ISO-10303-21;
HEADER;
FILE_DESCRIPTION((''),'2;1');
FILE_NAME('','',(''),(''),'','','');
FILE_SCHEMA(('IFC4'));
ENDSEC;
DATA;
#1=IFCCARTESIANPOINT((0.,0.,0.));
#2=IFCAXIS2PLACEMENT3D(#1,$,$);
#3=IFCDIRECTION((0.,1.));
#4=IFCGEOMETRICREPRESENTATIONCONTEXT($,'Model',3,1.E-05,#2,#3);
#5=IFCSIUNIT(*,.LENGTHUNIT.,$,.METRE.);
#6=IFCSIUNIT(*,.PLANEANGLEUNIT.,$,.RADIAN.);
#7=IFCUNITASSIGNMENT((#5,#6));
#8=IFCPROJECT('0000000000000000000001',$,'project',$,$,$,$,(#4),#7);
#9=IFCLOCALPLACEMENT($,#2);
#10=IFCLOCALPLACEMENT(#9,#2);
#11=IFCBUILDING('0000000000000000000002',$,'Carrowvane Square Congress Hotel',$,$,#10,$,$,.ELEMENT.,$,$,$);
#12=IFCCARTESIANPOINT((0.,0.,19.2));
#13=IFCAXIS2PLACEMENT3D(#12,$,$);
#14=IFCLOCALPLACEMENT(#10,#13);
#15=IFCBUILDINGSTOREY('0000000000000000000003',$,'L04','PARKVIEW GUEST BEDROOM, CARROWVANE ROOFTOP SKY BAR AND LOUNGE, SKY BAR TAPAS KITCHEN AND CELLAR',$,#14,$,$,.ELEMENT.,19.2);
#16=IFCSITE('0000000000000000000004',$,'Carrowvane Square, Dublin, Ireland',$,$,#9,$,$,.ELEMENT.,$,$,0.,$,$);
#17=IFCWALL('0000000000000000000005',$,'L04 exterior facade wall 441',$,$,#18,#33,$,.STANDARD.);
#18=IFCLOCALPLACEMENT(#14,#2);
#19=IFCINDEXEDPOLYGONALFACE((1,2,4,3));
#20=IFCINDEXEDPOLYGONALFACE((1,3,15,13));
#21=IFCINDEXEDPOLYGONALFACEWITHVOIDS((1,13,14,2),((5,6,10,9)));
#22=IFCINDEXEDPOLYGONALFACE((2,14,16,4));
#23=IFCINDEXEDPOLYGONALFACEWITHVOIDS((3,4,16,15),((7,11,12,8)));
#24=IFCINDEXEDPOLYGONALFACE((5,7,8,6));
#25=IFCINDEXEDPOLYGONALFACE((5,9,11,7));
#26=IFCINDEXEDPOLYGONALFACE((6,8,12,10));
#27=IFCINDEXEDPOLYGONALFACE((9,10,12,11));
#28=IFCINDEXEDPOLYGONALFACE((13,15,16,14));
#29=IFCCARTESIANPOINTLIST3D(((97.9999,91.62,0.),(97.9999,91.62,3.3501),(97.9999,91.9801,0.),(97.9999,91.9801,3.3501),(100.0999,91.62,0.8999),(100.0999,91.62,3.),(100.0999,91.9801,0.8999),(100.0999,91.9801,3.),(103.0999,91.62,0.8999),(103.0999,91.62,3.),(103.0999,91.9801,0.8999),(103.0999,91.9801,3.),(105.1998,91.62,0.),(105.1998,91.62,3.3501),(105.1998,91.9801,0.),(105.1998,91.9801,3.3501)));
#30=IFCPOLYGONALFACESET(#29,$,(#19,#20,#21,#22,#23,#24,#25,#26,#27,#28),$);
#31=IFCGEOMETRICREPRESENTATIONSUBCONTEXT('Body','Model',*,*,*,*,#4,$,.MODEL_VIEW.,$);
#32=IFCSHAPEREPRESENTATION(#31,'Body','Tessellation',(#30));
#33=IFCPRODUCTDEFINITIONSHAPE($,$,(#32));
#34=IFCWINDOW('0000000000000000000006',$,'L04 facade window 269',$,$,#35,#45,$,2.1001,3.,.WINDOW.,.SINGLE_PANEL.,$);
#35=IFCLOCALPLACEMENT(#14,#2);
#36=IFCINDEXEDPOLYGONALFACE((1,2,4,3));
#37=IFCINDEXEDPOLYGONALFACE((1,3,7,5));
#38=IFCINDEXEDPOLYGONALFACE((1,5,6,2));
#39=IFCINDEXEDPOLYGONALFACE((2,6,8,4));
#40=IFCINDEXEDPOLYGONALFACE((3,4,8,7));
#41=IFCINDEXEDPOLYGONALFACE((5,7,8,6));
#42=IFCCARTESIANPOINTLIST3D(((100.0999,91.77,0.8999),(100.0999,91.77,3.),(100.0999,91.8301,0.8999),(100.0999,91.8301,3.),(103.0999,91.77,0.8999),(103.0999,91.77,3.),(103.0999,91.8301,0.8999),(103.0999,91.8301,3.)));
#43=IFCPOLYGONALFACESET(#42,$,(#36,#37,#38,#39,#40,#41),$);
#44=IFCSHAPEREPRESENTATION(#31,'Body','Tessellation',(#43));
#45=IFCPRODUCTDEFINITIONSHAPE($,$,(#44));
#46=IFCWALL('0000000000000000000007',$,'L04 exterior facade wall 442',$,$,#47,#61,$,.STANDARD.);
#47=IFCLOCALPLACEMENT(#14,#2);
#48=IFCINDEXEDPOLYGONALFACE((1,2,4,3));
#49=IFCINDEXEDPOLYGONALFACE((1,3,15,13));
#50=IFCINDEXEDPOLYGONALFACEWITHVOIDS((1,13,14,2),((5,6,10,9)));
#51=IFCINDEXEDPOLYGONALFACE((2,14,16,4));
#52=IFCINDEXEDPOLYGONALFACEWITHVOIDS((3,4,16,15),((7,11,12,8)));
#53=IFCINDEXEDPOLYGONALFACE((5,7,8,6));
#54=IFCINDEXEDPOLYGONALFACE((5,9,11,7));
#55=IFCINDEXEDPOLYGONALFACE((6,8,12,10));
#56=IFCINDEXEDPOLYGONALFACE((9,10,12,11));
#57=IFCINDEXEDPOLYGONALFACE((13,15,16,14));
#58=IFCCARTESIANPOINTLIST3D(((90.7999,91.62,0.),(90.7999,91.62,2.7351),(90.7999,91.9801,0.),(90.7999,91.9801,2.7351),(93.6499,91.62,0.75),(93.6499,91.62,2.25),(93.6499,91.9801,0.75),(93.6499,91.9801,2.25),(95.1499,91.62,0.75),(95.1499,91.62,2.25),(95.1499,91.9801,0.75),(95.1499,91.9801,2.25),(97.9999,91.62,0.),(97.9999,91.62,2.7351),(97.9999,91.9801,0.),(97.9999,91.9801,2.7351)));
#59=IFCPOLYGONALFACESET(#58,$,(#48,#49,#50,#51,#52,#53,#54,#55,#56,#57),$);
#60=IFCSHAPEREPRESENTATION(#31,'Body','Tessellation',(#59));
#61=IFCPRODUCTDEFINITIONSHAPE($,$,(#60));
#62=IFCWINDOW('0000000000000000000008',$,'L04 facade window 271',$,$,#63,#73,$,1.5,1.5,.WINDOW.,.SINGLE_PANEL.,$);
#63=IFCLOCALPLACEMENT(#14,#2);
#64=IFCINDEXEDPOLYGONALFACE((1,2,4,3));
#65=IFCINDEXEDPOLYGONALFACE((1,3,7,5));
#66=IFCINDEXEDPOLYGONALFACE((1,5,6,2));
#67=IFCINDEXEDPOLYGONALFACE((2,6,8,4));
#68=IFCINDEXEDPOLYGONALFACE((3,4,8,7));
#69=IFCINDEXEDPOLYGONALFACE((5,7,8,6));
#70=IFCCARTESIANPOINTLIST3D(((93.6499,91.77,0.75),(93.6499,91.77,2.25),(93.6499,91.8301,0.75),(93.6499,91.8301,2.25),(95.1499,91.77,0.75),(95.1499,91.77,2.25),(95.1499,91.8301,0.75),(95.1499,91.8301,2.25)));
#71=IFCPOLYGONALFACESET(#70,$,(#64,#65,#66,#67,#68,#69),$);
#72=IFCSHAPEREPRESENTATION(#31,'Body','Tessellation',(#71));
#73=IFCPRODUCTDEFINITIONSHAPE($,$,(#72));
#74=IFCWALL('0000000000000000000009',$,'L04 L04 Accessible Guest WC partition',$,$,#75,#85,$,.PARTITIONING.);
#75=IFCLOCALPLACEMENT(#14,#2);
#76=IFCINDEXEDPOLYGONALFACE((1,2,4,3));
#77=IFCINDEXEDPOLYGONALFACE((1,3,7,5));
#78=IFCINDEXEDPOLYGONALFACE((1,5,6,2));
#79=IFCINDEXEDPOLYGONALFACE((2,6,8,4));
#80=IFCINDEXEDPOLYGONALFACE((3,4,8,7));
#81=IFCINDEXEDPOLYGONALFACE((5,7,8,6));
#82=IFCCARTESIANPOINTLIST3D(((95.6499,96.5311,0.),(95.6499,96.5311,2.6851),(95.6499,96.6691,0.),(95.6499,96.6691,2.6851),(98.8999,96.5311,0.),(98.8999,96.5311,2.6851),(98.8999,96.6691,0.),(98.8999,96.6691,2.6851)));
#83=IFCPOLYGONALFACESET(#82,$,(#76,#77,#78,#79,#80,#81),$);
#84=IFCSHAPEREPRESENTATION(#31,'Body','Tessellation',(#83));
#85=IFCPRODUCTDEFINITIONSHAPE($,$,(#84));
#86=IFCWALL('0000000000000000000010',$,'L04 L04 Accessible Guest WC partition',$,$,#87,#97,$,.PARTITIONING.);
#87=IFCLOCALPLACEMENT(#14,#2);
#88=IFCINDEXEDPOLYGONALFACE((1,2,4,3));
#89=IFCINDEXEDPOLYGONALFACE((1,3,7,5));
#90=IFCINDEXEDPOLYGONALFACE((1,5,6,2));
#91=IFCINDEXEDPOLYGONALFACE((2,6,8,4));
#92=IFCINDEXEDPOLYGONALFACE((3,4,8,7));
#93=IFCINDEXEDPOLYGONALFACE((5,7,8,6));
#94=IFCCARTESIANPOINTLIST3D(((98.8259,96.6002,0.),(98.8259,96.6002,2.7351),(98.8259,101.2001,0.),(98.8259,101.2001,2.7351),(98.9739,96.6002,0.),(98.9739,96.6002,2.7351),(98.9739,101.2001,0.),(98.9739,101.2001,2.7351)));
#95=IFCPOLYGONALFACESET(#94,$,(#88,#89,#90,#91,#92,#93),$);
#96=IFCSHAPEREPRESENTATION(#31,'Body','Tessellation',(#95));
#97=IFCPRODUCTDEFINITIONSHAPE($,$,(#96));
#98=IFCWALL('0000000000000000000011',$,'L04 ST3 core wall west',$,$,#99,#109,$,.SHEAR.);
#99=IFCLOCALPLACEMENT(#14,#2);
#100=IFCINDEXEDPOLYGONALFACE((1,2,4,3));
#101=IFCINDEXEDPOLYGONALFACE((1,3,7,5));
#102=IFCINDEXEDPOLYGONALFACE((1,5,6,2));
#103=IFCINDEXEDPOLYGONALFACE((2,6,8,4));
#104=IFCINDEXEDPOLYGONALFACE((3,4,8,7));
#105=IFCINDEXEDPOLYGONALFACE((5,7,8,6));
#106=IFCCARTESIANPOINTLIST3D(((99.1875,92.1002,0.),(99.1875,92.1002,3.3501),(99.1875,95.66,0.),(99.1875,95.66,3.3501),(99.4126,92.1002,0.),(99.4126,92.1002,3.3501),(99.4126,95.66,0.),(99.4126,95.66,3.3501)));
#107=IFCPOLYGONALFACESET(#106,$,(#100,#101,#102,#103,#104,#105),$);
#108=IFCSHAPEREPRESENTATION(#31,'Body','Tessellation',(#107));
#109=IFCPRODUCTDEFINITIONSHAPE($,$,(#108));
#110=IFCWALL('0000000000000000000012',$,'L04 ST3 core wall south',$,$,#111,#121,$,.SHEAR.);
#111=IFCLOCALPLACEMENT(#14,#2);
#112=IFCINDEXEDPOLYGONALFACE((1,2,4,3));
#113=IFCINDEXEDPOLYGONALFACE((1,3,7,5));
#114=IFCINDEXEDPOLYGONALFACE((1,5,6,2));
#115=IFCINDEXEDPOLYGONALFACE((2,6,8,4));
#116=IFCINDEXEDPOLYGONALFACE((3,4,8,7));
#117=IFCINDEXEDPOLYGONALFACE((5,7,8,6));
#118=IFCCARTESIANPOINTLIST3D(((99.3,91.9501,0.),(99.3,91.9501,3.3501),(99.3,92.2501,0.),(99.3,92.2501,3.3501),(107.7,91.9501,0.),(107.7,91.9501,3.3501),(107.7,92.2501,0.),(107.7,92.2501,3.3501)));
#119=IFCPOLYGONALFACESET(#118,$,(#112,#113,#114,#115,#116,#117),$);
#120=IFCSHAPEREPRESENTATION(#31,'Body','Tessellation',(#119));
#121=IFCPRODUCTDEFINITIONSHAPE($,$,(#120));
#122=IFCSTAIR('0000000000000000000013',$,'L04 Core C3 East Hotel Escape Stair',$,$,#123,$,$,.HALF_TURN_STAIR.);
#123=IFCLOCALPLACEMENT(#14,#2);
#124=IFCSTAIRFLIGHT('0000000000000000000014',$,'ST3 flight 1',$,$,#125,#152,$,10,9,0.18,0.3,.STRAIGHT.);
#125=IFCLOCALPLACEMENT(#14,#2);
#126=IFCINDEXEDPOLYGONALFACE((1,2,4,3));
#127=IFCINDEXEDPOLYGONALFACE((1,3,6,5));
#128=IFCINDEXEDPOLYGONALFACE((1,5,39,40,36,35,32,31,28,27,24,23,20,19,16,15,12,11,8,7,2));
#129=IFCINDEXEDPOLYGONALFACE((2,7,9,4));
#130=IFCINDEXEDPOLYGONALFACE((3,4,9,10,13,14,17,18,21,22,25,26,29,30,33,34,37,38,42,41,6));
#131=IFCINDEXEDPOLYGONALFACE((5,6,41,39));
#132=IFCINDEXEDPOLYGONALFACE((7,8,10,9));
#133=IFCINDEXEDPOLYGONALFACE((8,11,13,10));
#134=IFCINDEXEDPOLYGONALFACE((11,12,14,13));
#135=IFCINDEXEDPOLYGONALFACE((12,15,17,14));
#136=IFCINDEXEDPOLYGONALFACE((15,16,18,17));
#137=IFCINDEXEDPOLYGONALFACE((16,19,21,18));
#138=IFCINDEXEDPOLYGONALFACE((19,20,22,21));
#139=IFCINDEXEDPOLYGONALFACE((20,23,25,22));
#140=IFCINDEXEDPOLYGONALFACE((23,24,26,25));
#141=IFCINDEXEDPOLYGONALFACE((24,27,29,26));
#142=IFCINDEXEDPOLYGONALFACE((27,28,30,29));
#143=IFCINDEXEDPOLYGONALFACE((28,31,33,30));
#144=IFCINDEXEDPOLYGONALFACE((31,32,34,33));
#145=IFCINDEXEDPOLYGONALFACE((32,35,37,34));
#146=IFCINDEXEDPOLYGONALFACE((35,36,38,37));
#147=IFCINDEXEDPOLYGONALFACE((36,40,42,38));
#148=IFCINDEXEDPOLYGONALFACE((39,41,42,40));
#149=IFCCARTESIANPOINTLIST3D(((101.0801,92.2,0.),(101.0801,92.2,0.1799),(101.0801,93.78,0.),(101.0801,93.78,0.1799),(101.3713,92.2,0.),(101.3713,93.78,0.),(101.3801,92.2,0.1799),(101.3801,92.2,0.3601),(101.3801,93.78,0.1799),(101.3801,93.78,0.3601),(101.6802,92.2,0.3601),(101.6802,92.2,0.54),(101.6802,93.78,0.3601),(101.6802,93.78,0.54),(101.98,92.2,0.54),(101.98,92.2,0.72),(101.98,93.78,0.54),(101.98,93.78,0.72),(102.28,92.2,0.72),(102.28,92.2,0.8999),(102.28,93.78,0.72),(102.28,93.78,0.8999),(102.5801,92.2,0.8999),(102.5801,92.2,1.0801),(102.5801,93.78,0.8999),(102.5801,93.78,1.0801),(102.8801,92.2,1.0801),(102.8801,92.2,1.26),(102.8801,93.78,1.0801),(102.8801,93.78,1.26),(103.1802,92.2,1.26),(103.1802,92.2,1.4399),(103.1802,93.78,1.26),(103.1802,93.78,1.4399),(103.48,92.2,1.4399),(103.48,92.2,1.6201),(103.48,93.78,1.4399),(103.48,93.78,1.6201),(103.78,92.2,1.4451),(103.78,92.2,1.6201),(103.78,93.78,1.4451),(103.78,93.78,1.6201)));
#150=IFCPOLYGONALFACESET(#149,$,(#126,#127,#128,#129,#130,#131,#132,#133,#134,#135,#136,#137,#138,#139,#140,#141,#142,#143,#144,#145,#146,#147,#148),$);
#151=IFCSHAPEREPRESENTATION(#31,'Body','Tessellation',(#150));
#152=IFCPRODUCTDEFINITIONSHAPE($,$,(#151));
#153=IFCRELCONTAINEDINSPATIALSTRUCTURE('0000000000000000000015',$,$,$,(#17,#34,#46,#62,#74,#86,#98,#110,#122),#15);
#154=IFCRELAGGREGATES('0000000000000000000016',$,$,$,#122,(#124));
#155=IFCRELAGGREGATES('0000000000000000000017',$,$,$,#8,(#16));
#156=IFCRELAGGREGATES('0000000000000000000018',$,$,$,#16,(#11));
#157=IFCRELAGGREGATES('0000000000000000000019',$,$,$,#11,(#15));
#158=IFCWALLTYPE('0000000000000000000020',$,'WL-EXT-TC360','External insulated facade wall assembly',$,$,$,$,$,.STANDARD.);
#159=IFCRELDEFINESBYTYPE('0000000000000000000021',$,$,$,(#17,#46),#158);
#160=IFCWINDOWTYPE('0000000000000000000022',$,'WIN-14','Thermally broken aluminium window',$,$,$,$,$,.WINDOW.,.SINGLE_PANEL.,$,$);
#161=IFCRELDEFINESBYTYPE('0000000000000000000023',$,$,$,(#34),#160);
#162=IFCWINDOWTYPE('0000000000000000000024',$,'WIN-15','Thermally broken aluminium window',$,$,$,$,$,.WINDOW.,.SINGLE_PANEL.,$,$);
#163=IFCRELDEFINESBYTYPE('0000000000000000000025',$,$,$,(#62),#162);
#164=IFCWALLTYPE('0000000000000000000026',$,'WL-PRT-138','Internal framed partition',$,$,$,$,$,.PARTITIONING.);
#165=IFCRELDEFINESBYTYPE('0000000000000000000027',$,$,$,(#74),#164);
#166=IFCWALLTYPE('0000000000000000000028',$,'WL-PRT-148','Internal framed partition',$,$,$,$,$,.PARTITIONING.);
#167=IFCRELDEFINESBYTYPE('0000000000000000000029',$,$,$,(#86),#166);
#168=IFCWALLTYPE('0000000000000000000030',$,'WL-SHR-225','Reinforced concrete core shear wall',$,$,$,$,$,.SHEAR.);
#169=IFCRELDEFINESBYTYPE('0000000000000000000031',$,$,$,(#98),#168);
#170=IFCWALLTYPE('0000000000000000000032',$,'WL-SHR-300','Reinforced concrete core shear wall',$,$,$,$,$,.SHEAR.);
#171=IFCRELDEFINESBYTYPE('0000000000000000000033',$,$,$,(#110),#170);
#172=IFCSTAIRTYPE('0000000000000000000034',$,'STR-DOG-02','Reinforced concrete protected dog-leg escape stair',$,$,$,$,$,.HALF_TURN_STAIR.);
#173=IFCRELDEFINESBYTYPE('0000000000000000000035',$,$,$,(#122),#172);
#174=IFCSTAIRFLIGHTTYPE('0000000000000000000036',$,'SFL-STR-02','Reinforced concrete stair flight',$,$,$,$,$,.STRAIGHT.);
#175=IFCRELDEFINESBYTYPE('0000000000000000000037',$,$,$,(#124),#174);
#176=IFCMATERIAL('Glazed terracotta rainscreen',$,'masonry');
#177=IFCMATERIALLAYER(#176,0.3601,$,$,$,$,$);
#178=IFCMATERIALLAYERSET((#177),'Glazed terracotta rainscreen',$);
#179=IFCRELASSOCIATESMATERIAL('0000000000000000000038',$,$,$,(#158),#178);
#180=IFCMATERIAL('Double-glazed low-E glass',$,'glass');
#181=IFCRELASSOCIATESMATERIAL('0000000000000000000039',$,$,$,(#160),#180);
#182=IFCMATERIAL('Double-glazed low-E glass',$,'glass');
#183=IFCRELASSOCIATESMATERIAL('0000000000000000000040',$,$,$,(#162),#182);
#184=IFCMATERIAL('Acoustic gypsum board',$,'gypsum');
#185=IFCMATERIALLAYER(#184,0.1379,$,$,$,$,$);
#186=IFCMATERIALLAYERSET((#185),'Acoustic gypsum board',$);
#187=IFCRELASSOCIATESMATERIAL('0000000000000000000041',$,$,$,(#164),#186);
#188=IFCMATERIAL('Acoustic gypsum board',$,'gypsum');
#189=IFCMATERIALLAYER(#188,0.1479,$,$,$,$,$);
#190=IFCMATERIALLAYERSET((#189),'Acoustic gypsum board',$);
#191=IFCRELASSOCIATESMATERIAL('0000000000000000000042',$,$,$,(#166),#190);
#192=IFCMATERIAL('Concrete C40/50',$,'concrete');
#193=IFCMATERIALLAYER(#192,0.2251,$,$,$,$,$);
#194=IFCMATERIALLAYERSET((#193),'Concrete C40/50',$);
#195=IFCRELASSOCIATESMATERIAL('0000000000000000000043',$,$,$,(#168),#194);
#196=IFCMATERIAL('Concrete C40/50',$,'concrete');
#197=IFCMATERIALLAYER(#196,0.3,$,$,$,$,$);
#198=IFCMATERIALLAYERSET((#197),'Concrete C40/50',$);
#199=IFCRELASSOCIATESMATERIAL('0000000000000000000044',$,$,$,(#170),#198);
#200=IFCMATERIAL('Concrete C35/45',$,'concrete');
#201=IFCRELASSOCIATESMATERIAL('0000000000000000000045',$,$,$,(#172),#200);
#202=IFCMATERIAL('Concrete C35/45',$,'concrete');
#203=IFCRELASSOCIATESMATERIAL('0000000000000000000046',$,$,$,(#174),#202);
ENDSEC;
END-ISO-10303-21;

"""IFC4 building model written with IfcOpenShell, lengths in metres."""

from ifc_helpers import new_model, si_unit, direction, frame, frame_2d, origin, place, context, subcontext, project, spatial, polyline, rectangle, outline, extrude, material, layer, layer_set, type_object, element, fill, aggregate, save


model = new_model("IFC4")

# Units and contexts
model_context = context("Model", 3, precision=1e-05, world=origin(), true_north=direction((0.0, 1.0)))
body_context = subcontext(model_context, "Body", "Model", "MODEL_VIEW")
ifc_project = project(units=[si_unit("LENGTHUNIT", "METRE"), si_unit("PLANEANGLEUNIT", "RADIAN")], contexts=[model_context])

# Site, building, storey
site_placement = place(None, origin())
site = spatial("IfcSite", under=ifc_project, at=site_placement, Name="Carrowvane Square, Dublin, Ireland", CompositionType="ELEMENT", RefElevation=0.0)
building_placement = place(site_placement, origin())
building = spatial("IfcBuilding", under=site, at=building_placement, Name="Carrowvane Square Congress Hotel", CompositionType="ELEMENT")
storey_placement = place(building_placement, frame((0.0, 0.0, 19.2)))
storey = spatial("IfcBuildingStorey", under=building, at=storey_placement, Name="L04", Description="PARKVIEW GUEST BEDROOM, CARROWVANE ROOFTOP SKY BAR AND LOUNGE, SKY BAR TAPAS KITCHEN AND CELLAR", CompositionType="ELEMENT", Elevation=19.2)

# Walls, openings, windows
ifc_material_1 = material(Name="Glazed terracotta rainscreen", Category="masonry")
ifc_layer_1 = layer(ifc_material_1, 0.3601)
ifc_layer_set_1 = layer_set([ifc_layer_1], Name="Glazed terracotta rainscreen")
wall_type_1 = type_object("IfcWallType", Name="WL-EXT-TC360", Description="External insulated facade wall assembly", PredefinedType="STANDARD", material=ifc_layer_set_1)
wall_1_placement = place(storey_placement, frame((105.2, 91.8, 0.0), z_axis=(0.0, 0.0, 1.0), x_axis=(-1.0, 0.0, 0.0)))
wall_1 = element("IfcWall", 1, at=wall_1_placement, inside=storey, type_object=wall_type_1, Name="L04 exterior facade wall 441", PredefinedType="STANDARD", context=body_context, shape_type="SweptSolid", body=[
    extrude(rectangle(XDim=7.2, YDim=0.3601, at=frame_2d((3.6001, 0.0))), origin(), (0.0, 0.0, 1.0), 3.3501),
])
opening_1_placement = place(wall_1_placement, frame((2.1001, 0.0, 0.8999)))
opening_1 = element("IfcOpeningElement", 2, at=opening_1_placement, cuts=wall_1, PredefinedType="OPENING", context=body_context, shape_type="SweptSolid", body=[
    extrude(rectangle(XDim=3.0, YDim=2.1001, at=frame_2d((1.5, 1.05))), frame((0.0, 0.1899, 0.0), z_axis=(0.0, -1.0, 0.0), x_axis=(1.0, 0.0, 0.0)), (0.0, 0.0, 1.0), 0.3801),
])
ifc_material_2 = material(Name="Double-glazed low-E glass", Category="glass")
window_type_1 = type_object("IfcWindowType", Name="WIN-14", Description="Thermally broken aluminium window", PartitioningType="SINGLE_PANEL", PredefinedType="WINDOW", material=ifc_material_2)
window_1_placement = place(opening_1_placement, origin())
window_1 = element("IfcWindow", 3, at=window_1_placement, inside=storey, type_object=window_type_1, Name="L04 facade window 269", OverallHeight=2.1001, OverallWidth=3.0, PartitioningType="SINGLE_PANEL", PredefinedType="WINDOW", context=body_context, shape_type="SweptSolid", body=[
    extrude(rectangle(XDim=3.0, YDim=2.1001, at=frame_2d((1.5, 1.05))), frame((0.0, 0.03, 0.0), z_axis=(0.0, -1.0, 0.0), x_axis=(1.0, 0.0, 0.0)), (0.0, 0.0, 1.0), 0.0601),
])
fill(opening_1, window_1)
wall_2_placement = place(storey_placement, frame((98.0, 91.8, 0.0), z_axis=(0.0, 0.0, 1.0), x_axis=(-1.0, 0.0, 0.0)))
wall_2 = element("IfcWall", 4, at=wall_2_placement, inside=storey, type_object=wall_type_1, Name="L04 exterior facade wall 442", PredefinedType="STANDARD", context=body_context, shape_type="SweptSolid", body=[
    extrude(rectangle(XDim=7.2, YDim=0.3601, at=frame_2d((3.6001, 0.0))), origin(), (0.0, 0.0, 1.0), 2.7351),
])
opening_2_placement = place(wall_2_placement, frame((2.8501, 0.0, 0.75)))
opening_2 = element("IfcOpeningElement", 5, at=opening_2_placement, cuts=wall_2, PredefinedType="OPENING", context=body_context, shape_type="SweptSolid", body=[
    extrude(rectangle(XDim=1.5, YDim=1.5, at=frame_2d((0.75, 0.75))), frame((0.0, 0.1899, 0.0), z_axis=(0.0, -1.0, 0.0), x_axis=(1.0, 0.0, 0.0)), (0.0, 0.0, 1.0), 0.3801),
])
ifc_material_3 = material(Name="Double-glazed low-E glass", Category="glass")
window_type_2 = type_object("IfcWindowType", Name="WIN-15", Description="Thermally broken aluminium window", PartitioningType="SINGLE_PANEL", PredefinedType="WINDOW", material=ifc_material_3)
window_2_placement = place(opening_2_placement, origin())
window_2 = element("IfcWindow", 6, at=window_2_placement, inside=storey, type_object=window_type_2, Name="L04 facade window 271", OverallHeight=1.5, OverallWidth=1.5, PartitioningType="SINGLE_PANEL", PredefinedType="WINDOW", context=body_context, shape_type="SweptSolid", body=[
    extrude(rectangle(XDim=1.5, YDim=1.5, at=frame_2d((0.75, 0.75))), frame((0.0, 0.03, 0.0), z_axis=(0.0, -1.0, 0.0), x_axis=(1.0, 0.0, 0.0)), (0.0, 0.0, 1.0), 0.0601),
])
fill(opening_2, window_2)

# Walls
ifc_material_4 = material(Name="Acoustic gypsum board", Category="gypsum")
ifc_layer_2 = layer(ifc_material_4, 0.1379)
ifc_layer_set_2 = layer_set([ifc_layer_2], Name="Acoustic gypsum board")
wall_type_2 = type_object("IfcWallType", Name="WL-PRT-138", Description="Internal framed partition", PredefinedType="PARTITIONING", material=ifc_layer_set_2)
wall_3_placement = place(storey_placement, frame((98.8999, 96.6001, 0.0), z_axis=(0.0, 0.0, 1.0), x_axis=(-1.0, 0.0, 0.0)))
element("IfcWall", 7, at=wall_3_placement, inside=storey, type_object=wall_type_2, Name="L04 L04 Accessible Guest WC partition", PredefinedType="PARTITIONING", context=body_context, shape_type="SweptSolid", body=[
    extrude(rectangle(XDim=3.25, YDim=0.1379, at=frame_2d((1.625, 0.0))), origin(), (0.0, 0.0, 1.0), 2.6851),
])
ifc_material_5 = material(Name="Acoustic gypsum board", Category="gypsum")
ifc_layer_3 = layer(ifc_material_5, 0.1479)
ifc_layer_set_3 = layer_set([ifc_layer_3], Name="Acoustic gypsum board")
wall_type_3 = type_object("IfcWallType", Name="WL-PRT-148", Description="Internal framed partition", PredefinedType="PARTITIONING", material=ifc_layer_set_3)
wall_4_placement = place(storey_placement, frame((98.8999, 101.2, 0.0), z_axis=(0.0, 0.0, 1.0), x_axis=(0.0, -1.0, 0.0)))
element("IfcWall", 8, at=wall_4_placement, inside=storey, type_object=wall_type_3, Name="L04 L04 Accessible Guest WC partition", PredefinedType="PARTITIONING", context=body_context, shape_type="SweptSolid", body=[
    extrude(rectangle(XDim=4.5999, YDim=0.1479, at=frame_2d((2.2998, 0.0))), origin(), (0.0, 0.0, 1.0), 2.7351),
])
ifc_material_6 = material(Name="Concrete C40/50", Category="concrete")
ifc_layer_4 = layer(ifc_material_6, 0.2251)
ifc_layer_set_4 = layer_set([ifc_layer_4], Name="Concrete C40/50")
wall_type_4 = type_object("IfcWallType", Name="WL-SHR-225", Description="Reinforced concrete core shear wall", PredefinedType="SHEAR", material=ifc_layer_set_4)
wall_5_placement = place(storey_placement, frame((99.3, 95.6599, 0.0), z_axis=(0.0, 0.0, 1.0), x_axis=(0.0, -1.0, 0.0)))
element("IfcWall", 9, at=wall_5_placement, inside=storey, type_object=wall_type_4, Name="L04 ST3 core wall west", PredefinedType="SHEAR", context=body_context, shape_type="SweptSolid", body=[
    extrude(rectangle(XDim=3.5598, YDim=0.2251, at=frame_2d((1.7798, 0.0))), origin(), (0.0, 0.0, 1.0), 3.3501),
])
ifc_material_7 = material(Name="Concrete C40/50", Category="concrete")
ifc_layer_5 = layer(ifc_material_7, 0.3)
ifc_layer_set_5 = layer_set([ifc_layer_5], Name="Concrete C40/50")
wall_type_5 = type_object("IfcWallType", Name="WL-SHR-300", Description="Reinforced concrete core shear wall", PredefinedType="SHEAR", material=ifc_layer_set_5)
wall_6_placement = place(storey_placement, frame((99.3, 92.1001, 0.0), z_axis=(0.0, 0.0, 1.0), x_axis=(1.0, 0.0, 0.0)))
element("IfcWall", 10, at=wall_6_placement, inside=storey, type_object=wall_type_5, Name="L04 ST3 core wall south", PredefinedType="SHEAR", context=body_context, shape_type="SweptSolid", body=[
    extrude(rectangle(XDim=8.3999, YDim=0.3, at=frame_2d((4.2, 0.0))), origin(), (0.0, 0.0, 1.0), 3.3501),
])

# Stair, stair flight
ifc_material_8 = material(Name="Concrete C35/45", Category="concrete")
stair_type = type_object("IfcStairType", Name="STR-DOG-02", Description="Reinforced concrete protected dog-leg escape stair", PredefinedType="HALF_TURN_STAIR", material=ifc_material_8)
stair_placement = place(storey_placement, origin())
stair = element("IfcStair", 11, at=stair_placement, inside=storey, type_object=stair_type, Name="L04 Core C3 East Hotel Escape Stair", PredefinedType="HALF_TURN_STAIR")
ifc_material_9 = material(Name="Concrete C35/45", Category="concrete")
stair_flight_type = type_object("IfcStairFlightType", Name="SFL-STR-02", Description="Reinforced concrete stair flight", PredefinedType="STRAIGHT", material=ifc_material_9)
stair_flight_1_placement = place(storey_placement, frame((101.0801, 92.99, 0.0), z_axis=(0.0, 0.0, 1.0), x_axis=(1.0, 0.0, 0.0)))
stair_flight_1 = element("IfcStairFlight", 12, at=stair_flight_1_placement, type_object=stair_flight_type, Name="ST3 flight 1", NumberOfRisers=10, NumberOfTreads=9, PredefinedType="STRAIGHT", RiserHeight=0.18, TreadLength=0.3, context=body_context, shape_type="SweptSolid", body=[
    extrude(outline(polyline([(0.0, 0.0), (0.0, 0.1799), (0.3, 0.1799), (0.3, 0.3601), (0.6001, 0.3601), (0.6001, 0.54), (0.8999, 0.54), (0.8999, 0.72), (1.2, 0.72), (1.2, 0.8999), (1.5, 0.8999), (1.5, 1.0801), (1.8, 1.0801), (1.8, 1.26), (2.1001, 1.26), (2.1001, 1.4399), (2.3999, 1.4399), (2.3999, 1.6201), (2.7, 1.6201), (2.7, 1.8), (2.7, 1.4451), (0.2913, 0.0), (0.0, 0.0)])), frame((0.0, 0.79, 0.0), z_axis=(0.0, -1.0, 0.0), x_axis=(1.0, 0.0, 0.0)), (0.0, 0.0, 1.0), 1.5801),
])
aggregate(stair, [stair_flight_1])

save(model, "model.ifc")
